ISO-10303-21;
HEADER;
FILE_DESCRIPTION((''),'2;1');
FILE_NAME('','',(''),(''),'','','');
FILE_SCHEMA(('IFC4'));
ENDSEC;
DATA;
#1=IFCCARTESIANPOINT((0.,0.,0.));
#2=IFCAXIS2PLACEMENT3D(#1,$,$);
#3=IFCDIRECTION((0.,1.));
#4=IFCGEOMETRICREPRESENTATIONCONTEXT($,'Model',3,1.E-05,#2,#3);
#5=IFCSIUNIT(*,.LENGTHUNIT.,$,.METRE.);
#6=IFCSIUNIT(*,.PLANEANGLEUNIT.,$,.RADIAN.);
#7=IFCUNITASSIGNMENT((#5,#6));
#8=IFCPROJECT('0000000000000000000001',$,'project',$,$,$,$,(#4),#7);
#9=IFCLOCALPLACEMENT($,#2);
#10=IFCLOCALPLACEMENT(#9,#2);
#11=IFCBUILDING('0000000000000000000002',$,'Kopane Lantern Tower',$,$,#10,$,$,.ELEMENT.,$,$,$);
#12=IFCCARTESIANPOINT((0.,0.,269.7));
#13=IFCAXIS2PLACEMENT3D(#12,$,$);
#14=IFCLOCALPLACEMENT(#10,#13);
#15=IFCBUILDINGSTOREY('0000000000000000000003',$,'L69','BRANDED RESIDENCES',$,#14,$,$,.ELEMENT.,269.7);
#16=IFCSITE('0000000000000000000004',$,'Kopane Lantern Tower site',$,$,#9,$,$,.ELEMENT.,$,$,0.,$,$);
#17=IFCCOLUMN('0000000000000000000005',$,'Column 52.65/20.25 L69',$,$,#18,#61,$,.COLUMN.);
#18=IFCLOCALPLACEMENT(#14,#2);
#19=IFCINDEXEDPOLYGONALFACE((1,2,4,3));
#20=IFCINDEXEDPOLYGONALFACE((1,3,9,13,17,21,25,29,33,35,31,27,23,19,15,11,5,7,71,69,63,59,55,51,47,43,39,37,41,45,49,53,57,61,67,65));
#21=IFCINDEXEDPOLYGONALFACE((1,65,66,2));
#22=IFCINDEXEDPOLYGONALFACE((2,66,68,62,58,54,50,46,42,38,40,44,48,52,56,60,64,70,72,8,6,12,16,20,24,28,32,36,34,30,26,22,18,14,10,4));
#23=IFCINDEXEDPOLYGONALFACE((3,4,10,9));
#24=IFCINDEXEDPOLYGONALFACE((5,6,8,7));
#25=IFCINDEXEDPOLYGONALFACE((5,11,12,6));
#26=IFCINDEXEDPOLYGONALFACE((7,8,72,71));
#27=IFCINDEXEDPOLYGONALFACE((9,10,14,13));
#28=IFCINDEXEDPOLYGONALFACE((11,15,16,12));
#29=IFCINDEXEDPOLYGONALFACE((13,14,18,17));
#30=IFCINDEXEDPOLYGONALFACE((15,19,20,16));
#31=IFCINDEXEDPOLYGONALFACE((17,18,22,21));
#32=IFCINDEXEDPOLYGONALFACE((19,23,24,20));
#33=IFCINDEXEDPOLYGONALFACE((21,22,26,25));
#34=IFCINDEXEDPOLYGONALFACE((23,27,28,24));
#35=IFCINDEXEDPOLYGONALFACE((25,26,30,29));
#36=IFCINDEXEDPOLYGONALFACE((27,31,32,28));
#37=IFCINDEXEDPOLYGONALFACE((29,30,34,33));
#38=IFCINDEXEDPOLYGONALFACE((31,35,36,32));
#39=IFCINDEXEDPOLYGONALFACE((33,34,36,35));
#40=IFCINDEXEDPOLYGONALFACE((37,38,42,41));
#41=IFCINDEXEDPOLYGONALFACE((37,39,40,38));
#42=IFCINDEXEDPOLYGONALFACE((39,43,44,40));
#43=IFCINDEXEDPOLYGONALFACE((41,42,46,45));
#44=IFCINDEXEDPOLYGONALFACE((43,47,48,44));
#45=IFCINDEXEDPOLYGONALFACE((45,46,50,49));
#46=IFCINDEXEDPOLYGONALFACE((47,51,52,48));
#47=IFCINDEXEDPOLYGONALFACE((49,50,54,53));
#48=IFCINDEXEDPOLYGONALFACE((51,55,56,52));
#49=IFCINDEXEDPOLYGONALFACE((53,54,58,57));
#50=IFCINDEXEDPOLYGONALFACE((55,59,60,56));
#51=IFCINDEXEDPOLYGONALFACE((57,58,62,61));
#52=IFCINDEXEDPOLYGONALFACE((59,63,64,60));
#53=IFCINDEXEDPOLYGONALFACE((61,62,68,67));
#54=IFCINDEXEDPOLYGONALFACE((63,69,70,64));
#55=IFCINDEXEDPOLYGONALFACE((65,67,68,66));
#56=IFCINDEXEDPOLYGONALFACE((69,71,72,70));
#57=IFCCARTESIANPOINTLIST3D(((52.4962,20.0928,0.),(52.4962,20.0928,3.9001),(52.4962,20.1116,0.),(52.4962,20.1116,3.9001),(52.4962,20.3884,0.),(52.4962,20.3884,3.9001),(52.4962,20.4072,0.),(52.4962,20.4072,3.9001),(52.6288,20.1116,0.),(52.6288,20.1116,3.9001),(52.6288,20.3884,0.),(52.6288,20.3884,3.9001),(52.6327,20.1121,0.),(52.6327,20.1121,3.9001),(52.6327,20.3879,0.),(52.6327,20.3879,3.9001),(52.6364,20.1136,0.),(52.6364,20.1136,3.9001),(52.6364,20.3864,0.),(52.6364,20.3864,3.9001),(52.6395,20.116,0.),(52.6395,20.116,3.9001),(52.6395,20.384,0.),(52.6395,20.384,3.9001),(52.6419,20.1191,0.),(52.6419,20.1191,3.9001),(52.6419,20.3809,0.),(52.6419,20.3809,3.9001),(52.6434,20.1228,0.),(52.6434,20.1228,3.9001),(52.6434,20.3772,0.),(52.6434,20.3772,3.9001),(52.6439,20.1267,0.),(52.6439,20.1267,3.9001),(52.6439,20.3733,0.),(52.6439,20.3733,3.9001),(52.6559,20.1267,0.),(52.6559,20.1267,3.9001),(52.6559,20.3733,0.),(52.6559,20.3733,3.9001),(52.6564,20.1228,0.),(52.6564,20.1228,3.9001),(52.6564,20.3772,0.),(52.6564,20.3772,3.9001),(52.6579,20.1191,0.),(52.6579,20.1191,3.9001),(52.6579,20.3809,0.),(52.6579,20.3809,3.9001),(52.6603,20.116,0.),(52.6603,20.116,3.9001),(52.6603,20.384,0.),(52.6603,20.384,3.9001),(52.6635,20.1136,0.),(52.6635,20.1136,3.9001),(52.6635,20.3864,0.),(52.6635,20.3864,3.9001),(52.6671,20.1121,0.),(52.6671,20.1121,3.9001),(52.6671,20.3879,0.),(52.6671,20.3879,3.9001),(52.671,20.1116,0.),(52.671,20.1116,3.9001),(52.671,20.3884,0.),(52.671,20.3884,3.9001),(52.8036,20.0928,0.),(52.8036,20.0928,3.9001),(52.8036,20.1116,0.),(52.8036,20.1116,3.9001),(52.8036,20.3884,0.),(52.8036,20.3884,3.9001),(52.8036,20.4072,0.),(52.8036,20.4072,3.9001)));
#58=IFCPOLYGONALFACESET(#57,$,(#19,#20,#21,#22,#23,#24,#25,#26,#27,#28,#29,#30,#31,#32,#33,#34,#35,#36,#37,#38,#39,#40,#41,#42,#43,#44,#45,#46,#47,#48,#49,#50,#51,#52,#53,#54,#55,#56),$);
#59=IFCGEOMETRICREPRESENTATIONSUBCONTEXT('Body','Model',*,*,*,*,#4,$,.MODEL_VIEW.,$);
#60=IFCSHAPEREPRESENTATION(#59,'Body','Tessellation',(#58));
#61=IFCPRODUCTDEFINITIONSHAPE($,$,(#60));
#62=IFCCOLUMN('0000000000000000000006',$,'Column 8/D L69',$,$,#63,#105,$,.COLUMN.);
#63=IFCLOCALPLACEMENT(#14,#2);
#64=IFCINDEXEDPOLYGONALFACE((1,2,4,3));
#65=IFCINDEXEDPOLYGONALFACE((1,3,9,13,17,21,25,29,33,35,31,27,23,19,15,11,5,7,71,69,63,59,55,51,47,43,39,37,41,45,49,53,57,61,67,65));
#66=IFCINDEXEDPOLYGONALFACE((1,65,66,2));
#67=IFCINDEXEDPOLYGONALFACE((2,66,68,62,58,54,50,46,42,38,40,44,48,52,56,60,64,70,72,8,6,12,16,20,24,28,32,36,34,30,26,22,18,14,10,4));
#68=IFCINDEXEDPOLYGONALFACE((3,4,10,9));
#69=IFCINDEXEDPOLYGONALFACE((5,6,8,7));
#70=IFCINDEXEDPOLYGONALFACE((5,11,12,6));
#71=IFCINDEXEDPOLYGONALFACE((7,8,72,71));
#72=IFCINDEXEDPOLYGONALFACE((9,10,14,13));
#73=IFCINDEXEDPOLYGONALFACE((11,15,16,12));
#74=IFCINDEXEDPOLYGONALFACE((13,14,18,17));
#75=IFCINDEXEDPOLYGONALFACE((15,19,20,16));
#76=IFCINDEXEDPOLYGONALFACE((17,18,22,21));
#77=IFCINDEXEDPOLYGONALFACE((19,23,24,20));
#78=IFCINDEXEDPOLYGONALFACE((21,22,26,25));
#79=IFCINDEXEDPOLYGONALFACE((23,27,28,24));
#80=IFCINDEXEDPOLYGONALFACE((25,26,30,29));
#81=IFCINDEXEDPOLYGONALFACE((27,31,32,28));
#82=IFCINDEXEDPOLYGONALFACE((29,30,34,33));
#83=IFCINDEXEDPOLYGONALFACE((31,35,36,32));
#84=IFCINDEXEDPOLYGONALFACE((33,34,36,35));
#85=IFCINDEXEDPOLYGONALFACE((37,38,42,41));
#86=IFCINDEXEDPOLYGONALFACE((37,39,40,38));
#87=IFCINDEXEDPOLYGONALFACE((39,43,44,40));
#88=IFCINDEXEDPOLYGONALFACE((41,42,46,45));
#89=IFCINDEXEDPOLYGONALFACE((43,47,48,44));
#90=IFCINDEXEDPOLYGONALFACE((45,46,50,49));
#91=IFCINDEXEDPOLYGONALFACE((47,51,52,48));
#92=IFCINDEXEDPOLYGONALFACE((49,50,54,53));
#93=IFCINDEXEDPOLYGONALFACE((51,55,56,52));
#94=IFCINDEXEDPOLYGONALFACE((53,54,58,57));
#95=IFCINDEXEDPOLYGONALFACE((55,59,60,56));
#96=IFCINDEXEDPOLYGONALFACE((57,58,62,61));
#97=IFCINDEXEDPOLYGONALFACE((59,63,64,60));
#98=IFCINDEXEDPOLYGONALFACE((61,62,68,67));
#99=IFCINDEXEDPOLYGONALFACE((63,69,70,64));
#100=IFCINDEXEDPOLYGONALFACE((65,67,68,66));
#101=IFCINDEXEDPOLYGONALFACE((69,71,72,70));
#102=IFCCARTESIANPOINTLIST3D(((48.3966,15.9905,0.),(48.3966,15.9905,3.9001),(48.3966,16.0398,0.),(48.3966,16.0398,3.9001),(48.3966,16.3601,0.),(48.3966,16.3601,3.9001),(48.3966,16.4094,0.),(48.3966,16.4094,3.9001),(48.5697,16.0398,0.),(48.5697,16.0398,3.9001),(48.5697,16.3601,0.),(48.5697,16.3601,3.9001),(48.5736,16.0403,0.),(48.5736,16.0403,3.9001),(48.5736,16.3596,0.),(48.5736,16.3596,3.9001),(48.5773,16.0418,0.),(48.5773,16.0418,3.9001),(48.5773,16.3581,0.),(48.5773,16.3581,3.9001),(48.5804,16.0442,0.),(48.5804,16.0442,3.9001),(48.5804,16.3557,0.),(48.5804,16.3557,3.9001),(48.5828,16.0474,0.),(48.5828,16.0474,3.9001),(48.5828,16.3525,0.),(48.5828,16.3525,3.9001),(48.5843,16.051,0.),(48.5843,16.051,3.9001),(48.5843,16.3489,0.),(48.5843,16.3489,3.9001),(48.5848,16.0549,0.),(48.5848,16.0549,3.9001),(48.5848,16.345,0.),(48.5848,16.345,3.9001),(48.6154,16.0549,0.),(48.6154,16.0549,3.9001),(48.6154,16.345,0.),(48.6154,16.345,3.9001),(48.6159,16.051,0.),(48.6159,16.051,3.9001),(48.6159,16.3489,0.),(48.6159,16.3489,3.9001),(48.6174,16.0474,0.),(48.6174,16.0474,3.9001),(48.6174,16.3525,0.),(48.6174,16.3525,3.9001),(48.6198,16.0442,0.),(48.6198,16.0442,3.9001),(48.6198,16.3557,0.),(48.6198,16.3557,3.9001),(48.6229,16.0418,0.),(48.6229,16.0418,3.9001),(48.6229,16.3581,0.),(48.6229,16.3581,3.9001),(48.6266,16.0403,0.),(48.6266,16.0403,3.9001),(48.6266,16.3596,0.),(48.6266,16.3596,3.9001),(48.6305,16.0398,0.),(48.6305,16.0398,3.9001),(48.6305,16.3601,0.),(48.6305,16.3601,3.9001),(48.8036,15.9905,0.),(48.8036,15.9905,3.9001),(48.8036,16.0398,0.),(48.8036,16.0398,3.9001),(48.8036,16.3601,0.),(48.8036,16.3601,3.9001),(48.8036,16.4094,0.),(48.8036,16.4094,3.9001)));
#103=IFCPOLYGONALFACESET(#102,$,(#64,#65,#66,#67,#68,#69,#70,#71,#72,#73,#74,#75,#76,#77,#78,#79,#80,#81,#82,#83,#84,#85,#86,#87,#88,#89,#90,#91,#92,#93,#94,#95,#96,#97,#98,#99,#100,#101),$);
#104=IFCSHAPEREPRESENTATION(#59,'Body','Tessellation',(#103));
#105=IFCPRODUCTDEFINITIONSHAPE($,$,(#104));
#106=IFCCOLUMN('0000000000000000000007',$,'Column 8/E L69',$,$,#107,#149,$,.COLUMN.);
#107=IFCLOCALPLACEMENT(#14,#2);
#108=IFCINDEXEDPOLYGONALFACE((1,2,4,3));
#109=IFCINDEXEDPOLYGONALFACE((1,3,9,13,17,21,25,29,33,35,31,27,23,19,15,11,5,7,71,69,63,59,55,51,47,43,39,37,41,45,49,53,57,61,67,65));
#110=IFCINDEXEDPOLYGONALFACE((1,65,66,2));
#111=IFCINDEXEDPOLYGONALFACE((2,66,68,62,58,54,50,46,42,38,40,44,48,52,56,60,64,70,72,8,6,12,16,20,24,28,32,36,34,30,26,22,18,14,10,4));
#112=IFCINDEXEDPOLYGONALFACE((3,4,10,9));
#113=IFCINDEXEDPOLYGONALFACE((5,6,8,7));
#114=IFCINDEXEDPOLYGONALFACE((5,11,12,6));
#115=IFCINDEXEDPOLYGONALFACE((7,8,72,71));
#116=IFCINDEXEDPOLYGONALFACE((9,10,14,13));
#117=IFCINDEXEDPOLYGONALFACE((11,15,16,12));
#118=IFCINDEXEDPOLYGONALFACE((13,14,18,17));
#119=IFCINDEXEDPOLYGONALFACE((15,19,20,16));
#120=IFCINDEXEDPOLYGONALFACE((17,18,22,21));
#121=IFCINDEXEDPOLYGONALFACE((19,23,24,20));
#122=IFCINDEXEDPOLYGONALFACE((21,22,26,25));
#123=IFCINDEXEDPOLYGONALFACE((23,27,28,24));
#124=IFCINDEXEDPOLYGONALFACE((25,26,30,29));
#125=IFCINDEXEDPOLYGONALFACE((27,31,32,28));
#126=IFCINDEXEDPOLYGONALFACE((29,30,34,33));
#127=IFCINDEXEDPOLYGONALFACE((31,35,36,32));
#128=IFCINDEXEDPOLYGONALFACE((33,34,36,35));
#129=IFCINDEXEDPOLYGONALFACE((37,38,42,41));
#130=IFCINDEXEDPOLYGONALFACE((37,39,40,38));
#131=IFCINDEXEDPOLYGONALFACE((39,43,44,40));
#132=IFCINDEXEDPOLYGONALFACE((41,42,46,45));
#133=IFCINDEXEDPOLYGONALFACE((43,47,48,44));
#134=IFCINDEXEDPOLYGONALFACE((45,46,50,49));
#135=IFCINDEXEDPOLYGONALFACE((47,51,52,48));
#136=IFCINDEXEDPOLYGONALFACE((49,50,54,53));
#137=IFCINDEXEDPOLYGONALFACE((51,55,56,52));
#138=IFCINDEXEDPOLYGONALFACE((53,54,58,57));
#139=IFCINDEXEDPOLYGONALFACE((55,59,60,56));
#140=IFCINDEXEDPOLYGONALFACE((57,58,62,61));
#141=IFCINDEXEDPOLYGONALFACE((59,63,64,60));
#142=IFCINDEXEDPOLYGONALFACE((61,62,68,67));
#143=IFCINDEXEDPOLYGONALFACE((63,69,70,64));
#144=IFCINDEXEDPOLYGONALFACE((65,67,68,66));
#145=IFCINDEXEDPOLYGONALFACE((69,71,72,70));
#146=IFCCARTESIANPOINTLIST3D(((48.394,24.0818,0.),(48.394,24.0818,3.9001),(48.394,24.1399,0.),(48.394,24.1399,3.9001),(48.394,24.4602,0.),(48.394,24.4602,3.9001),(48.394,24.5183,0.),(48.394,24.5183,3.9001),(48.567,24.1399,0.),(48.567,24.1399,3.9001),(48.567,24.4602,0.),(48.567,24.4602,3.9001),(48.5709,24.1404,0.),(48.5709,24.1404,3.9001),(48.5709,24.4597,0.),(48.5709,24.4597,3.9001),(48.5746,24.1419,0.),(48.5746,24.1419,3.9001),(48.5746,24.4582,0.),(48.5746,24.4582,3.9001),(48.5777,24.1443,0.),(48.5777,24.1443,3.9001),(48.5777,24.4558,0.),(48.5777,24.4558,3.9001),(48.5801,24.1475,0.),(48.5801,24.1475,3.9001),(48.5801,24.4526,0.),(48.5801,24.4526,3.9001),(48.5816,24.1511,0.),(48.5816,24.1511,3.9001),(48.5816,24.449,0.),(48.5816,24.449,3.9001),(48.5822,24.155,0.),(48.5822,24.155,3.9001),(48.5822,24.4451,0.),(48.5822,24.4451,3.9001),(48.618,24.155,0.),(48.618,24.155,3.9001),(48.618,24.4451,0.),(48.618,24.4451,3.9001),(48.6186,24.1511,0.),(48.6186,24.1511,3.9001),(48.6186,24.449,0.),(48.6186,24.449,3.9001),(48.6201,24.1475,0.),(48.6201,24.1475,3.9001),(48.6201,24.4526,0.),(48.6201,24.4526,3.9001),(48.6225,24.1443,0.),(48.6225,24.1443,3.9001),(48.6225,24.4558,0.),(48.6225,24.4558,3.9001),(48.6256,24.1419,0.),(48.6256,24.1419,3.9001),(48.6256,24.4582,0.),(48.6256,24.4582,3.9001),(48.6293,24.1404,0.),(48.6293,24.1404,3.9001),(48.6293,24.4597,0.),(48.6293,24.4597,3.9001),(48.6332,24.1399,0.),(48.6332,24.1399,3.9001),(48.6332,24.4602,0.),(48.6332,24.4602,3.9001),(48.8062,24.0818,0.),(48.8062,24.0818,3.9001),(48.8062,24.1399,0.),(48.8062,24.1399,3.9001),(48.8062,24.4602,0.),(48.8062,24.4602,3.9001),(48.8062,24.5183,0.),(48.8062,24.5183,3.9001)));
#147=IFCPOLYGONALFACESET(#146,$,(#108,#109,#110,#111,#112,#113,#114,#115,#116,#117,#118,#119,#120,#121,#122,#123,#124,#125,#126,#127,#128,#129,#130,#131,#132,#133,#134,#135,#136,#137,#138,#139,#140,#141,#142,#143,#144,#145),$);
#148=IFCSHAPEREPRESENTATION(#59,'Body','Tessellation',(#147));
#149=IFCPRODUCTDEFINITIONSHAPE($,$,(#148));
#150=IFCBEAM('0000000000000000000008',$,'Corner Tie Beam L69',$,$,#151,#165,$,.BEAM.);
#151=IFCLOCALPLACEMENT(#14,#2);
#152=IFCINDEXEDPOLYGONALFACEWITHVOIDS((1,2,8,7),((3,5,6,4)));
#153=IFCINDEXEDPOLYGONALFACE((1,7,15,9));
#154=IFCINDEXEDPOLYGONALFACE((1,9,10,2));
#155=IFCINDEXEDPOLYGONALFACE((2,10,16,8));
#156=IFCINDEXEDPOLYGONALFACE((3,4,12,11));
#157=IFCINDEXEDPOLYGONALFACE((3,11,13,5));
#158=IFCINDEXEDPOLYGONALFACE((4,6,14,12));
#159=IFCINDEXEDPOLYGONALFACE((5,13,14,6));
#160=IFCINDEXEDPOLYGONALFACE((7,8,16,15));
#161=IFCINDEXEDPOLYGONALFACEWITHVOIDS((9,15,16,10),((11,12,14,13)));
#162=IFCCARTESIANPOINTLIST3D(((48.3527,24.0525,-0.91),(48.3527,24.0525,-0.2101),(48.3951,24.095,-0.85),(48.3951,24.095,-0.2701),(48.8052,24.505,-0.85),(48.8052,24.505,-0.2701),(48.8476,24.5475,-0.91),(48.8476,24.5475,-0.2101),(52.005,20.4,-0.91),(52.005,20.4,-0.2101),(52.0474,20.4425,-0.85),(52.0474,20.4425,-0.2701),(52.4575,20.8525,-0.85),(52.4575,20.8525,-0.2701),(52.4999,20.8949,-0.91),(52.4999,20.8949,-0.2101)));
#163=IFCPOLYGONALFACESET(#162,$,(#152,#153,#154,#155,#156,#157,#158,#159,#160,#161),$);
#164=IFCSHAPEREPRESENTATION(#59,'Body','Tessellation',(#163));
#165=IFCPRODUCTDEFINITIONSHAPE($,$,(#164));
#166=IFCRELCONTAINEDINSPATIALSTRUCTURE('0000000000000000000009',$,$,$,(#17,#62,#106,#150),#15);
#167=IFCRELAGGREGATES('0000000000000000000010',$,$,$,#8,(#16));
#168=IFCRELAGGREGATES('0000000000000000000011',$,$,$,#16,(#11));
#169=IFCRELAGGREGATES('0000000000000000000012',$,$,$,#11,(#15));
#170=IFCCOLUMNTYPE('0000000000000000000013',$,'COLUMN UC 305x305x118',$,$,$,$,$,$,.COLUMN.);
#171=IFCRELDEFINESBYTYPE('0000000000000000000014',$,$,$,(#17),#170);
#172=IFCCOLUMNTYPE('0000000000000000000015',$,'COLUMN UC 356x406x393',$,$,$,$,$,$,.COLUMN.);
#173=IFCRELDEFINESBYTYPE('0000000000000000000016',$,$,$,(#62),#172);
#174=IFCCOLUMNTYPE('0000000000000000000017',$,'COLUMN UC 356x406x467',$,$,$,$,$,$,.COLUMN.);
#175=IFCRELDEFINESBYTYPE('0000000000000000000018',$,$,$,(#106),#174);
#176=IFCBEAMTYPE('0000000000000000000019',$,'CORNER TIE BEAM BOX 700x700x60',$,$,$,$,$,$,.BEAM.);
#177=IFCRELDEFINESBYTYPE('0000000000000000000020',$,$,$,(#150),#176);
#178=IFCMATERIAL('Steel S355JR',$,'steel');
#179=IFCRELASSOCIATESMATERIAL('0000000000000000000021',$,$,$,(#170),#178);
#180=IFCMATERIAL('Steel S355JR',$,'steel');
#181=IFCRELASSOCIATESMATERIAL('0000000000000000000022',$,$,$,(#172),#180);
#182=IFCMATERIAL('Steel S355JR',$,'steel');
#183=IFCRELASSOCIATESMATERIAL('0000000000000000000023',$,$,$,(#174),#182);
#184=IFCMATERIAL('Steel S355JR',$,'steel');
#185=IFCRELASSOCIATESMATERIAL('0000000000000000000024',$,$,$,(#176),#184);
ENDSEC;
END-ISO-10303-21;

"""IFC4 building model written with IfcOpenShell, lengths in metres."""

from ifc_helpers import new_model, si_unit, direction, frame, origin, origin_2d, place, context, subcontext, project, spatial, hollow_rectangle, i_section, extrude, material, material_profile, profile_set, type_object, element, save


model = new_model("IFC4")

# Units and contexts
model_context = context("Model", 3, precision=1e-05, world=origin(), true_north=direction((0.0, 1.0)))
body_context = subcontext(model_context, "Body", "Model", "MODEL_VIEW")
ifc_project = project(units=[si_unit("LENGTHUNIT", "METRE"), si_unit("PLANEANGLEUNIT", "RADIAN")], contexts=[model_context])

# Site, building, storey
site_placement = place(None, origin())
site = spatial("IfcSite", under=ifc_project, at=site_placement, Name="Kopane Lantern Tower site", CompositionType="ELEMENT", RefElevation=0.0)
building_placement = place(site_placement, origin())
building = spatial("IfcBuilding", under=site, at=building_placement, Name="Kopane Lantern Tower", CompositionType="ELEMENT")
storey_placement = place(building_placement, frame((0.0, 0.0, 269.7)))
storey = spatial("IfcBuildingStorey", under=building, at=storey_placement, Name="L69", Description="BRANDED RESIDENCES", CompositionType="ELEMENT", Elevation=269.7)

# Columns
ifc_material_1 = material(Name="Steel S355JR", Category="steel")
ifc_material_profile_1 = material_profile(ifc_material_1, i_section(OverallWidth=0.3074, OverallDepth=0.3145, WebThickness=0.012, FlangeThickness=0.0188, FilletRadius=0.0151, at=origin_2d()), Name="UC 305x305x118")
ifc_profile_set_1 = profile_set([ifc_material_profile_1], Name="Steel S355JR")
column_type_1 = type_object("IfcColumnType", Name="COLUMN UC 305x305x118", PredefinedType="COLUMN", material=ifc_profile_set_1)
column_1_placement = place(storey_placement, frame((52.6499, 20.25, 0.0), z_axis=(0.0, 0.0, 1.0), x_axis=(1.0, 0.0, 0.0)))
element("IfcColumn", 1, at=column_1_placement, inside=storey, type_object=column_type_1, Name="Column 52.65/20.25 L69", PredefinedType="COLUMN", context=body_context, shape_type="SweptSolid", body=[
    extrude(i_section(OverallWidth=0.3074, OverallDepth=0.3145, WebThickness=0.012, FlangeThickness=0.0188, FilletRadius=0.0151, at=origin_2d()), origin(), (0.0, 0.0, 1.0), 3.9001),
])
ifc_material_2 = material(Name="Steel S355JR", Category="steel")
ifc_material_profile_2 = material_profile(ifc_material_2, i_section(OverallWidth=0.407, OverallDepth=0.4189, WebThickness=0.0305, FlangeThickness=0.0493, FilletRadius=0.0151, at=origin_2d()), Name="UC 356x406x393")
ifc_profile_set_2 = profile_set([ifc_material_profile_2], Name="Steel S355JR")
column_type_2 = type_object("IfcColumnType", Name="COLUMN UC 356x406x393", PredefinedType="COLUMN", material=ifc_profile_set_2)
column_2_placement = place(storey_placement, frame((48.6001, 16.2, 0.0), z_axis=(0.0, 0.0, 1.0), x_axis=(1.0, 0.0, 0.0)))
element("IfcColumn", 2, at=column_2_placement, inside=storey, type_object=column_type_2, Name="Column 8/D L69", PredefinedType="COLUMN", context=body_context, shape_type="SweptSolid", body=[
    extrude(i_section(OverallWidth=0.407, OverallDepth=0.4189, WebThickness=0.0305, FlangeThickness=0.0493, FilletRadius=0.0151, at=origin_2d()), origin(), (0.0, 0.0, 1.0), 3.9001),
])
ifc_material_3 = material(Name="Steel S355JR", Category="steel")
ifc_material_profile_3 = material_profile(ifc_material_3, i_section(OverallWidth=0.4121, OverallDepth=0.4365, WebThickness=0.0359, FlangeThickness=0.0581, FilletRadius=0.0151, at=origin_2d()), Name="UC 356x406x467")
ifc_profile_set_3 = profile_set([ifc_material_profile_3], Name="Steel S355JR")
column_type_3 = type_object("IfcColumnType", Name="COLUMN UC 356x406x467", PredefinedType="COLUMN", material=ifc_profile_set_3)
column_3_placement = place(storey_placement, frame((48.6001, 24.3, 0.0), z_axis=(0.0, 0.0, 1.0), x_axis=(1.0, 0.0, 0.0)))
element("IfcColumn", 3, at=column_3_placement, inside=storey, type_object=column_type_3, Name="Column 8/E L69", PredefinedType="COLUMN", context=body_context, shape_type="SweptSolid", body=[
    extrude(i_section(OverallWidth=0.4121, OverallDepth=0.4365, WebThickness=0.0359, FlangeThickness=0.0581, FilletRadius=0.0151, at=origin_2d()), origin(), (0.0, 0.0, 1.0), 3.9001),
])

# Beam
ifc_material_4 = material(Name="Steel S355JR", Category="steel")
ifc_material_profile_4 = material_profile(ifc_material_4, hollow_rectangle(XDim=0.7, YDim=0.7, WallThickness=0.0601, at=origin_2d()), Name="BOX 700x700x60")
ifc_profile_set_4 = profile_set([ifc_material_profile_4], Name="Steel S355JR")
beam_type_1 = type_object("IfcBeamType", Name="CORNER TIE BEAM BOX 700x700x60", PredefinedType="BEAM", material=ifc_profile_set_4)
beam_1_placement = place(storey_placement, frame((52.2524, 20.6475, -0.5601), z_axis=(-0.707083, 0.70713, 0.0), x_axis=(-0.70713, -0.707083, 0.0)))
element("IfcBeam", 4, at=beam_1_placement, inside=storey, type_object=beam_type_1, Name="Corner Tie Beam L69", PredefinedType="BEAM", context=body_context, shape_type="SweptSolid", body=[
    extrude(hollow_rectangle(XDim=0.7, YDim=0.7, WallThickness=0.0601, at=origin_2d()), origin(), (0.0, 0.0, 1.0), 5.1653),
])

save(model, "model.ifc")
